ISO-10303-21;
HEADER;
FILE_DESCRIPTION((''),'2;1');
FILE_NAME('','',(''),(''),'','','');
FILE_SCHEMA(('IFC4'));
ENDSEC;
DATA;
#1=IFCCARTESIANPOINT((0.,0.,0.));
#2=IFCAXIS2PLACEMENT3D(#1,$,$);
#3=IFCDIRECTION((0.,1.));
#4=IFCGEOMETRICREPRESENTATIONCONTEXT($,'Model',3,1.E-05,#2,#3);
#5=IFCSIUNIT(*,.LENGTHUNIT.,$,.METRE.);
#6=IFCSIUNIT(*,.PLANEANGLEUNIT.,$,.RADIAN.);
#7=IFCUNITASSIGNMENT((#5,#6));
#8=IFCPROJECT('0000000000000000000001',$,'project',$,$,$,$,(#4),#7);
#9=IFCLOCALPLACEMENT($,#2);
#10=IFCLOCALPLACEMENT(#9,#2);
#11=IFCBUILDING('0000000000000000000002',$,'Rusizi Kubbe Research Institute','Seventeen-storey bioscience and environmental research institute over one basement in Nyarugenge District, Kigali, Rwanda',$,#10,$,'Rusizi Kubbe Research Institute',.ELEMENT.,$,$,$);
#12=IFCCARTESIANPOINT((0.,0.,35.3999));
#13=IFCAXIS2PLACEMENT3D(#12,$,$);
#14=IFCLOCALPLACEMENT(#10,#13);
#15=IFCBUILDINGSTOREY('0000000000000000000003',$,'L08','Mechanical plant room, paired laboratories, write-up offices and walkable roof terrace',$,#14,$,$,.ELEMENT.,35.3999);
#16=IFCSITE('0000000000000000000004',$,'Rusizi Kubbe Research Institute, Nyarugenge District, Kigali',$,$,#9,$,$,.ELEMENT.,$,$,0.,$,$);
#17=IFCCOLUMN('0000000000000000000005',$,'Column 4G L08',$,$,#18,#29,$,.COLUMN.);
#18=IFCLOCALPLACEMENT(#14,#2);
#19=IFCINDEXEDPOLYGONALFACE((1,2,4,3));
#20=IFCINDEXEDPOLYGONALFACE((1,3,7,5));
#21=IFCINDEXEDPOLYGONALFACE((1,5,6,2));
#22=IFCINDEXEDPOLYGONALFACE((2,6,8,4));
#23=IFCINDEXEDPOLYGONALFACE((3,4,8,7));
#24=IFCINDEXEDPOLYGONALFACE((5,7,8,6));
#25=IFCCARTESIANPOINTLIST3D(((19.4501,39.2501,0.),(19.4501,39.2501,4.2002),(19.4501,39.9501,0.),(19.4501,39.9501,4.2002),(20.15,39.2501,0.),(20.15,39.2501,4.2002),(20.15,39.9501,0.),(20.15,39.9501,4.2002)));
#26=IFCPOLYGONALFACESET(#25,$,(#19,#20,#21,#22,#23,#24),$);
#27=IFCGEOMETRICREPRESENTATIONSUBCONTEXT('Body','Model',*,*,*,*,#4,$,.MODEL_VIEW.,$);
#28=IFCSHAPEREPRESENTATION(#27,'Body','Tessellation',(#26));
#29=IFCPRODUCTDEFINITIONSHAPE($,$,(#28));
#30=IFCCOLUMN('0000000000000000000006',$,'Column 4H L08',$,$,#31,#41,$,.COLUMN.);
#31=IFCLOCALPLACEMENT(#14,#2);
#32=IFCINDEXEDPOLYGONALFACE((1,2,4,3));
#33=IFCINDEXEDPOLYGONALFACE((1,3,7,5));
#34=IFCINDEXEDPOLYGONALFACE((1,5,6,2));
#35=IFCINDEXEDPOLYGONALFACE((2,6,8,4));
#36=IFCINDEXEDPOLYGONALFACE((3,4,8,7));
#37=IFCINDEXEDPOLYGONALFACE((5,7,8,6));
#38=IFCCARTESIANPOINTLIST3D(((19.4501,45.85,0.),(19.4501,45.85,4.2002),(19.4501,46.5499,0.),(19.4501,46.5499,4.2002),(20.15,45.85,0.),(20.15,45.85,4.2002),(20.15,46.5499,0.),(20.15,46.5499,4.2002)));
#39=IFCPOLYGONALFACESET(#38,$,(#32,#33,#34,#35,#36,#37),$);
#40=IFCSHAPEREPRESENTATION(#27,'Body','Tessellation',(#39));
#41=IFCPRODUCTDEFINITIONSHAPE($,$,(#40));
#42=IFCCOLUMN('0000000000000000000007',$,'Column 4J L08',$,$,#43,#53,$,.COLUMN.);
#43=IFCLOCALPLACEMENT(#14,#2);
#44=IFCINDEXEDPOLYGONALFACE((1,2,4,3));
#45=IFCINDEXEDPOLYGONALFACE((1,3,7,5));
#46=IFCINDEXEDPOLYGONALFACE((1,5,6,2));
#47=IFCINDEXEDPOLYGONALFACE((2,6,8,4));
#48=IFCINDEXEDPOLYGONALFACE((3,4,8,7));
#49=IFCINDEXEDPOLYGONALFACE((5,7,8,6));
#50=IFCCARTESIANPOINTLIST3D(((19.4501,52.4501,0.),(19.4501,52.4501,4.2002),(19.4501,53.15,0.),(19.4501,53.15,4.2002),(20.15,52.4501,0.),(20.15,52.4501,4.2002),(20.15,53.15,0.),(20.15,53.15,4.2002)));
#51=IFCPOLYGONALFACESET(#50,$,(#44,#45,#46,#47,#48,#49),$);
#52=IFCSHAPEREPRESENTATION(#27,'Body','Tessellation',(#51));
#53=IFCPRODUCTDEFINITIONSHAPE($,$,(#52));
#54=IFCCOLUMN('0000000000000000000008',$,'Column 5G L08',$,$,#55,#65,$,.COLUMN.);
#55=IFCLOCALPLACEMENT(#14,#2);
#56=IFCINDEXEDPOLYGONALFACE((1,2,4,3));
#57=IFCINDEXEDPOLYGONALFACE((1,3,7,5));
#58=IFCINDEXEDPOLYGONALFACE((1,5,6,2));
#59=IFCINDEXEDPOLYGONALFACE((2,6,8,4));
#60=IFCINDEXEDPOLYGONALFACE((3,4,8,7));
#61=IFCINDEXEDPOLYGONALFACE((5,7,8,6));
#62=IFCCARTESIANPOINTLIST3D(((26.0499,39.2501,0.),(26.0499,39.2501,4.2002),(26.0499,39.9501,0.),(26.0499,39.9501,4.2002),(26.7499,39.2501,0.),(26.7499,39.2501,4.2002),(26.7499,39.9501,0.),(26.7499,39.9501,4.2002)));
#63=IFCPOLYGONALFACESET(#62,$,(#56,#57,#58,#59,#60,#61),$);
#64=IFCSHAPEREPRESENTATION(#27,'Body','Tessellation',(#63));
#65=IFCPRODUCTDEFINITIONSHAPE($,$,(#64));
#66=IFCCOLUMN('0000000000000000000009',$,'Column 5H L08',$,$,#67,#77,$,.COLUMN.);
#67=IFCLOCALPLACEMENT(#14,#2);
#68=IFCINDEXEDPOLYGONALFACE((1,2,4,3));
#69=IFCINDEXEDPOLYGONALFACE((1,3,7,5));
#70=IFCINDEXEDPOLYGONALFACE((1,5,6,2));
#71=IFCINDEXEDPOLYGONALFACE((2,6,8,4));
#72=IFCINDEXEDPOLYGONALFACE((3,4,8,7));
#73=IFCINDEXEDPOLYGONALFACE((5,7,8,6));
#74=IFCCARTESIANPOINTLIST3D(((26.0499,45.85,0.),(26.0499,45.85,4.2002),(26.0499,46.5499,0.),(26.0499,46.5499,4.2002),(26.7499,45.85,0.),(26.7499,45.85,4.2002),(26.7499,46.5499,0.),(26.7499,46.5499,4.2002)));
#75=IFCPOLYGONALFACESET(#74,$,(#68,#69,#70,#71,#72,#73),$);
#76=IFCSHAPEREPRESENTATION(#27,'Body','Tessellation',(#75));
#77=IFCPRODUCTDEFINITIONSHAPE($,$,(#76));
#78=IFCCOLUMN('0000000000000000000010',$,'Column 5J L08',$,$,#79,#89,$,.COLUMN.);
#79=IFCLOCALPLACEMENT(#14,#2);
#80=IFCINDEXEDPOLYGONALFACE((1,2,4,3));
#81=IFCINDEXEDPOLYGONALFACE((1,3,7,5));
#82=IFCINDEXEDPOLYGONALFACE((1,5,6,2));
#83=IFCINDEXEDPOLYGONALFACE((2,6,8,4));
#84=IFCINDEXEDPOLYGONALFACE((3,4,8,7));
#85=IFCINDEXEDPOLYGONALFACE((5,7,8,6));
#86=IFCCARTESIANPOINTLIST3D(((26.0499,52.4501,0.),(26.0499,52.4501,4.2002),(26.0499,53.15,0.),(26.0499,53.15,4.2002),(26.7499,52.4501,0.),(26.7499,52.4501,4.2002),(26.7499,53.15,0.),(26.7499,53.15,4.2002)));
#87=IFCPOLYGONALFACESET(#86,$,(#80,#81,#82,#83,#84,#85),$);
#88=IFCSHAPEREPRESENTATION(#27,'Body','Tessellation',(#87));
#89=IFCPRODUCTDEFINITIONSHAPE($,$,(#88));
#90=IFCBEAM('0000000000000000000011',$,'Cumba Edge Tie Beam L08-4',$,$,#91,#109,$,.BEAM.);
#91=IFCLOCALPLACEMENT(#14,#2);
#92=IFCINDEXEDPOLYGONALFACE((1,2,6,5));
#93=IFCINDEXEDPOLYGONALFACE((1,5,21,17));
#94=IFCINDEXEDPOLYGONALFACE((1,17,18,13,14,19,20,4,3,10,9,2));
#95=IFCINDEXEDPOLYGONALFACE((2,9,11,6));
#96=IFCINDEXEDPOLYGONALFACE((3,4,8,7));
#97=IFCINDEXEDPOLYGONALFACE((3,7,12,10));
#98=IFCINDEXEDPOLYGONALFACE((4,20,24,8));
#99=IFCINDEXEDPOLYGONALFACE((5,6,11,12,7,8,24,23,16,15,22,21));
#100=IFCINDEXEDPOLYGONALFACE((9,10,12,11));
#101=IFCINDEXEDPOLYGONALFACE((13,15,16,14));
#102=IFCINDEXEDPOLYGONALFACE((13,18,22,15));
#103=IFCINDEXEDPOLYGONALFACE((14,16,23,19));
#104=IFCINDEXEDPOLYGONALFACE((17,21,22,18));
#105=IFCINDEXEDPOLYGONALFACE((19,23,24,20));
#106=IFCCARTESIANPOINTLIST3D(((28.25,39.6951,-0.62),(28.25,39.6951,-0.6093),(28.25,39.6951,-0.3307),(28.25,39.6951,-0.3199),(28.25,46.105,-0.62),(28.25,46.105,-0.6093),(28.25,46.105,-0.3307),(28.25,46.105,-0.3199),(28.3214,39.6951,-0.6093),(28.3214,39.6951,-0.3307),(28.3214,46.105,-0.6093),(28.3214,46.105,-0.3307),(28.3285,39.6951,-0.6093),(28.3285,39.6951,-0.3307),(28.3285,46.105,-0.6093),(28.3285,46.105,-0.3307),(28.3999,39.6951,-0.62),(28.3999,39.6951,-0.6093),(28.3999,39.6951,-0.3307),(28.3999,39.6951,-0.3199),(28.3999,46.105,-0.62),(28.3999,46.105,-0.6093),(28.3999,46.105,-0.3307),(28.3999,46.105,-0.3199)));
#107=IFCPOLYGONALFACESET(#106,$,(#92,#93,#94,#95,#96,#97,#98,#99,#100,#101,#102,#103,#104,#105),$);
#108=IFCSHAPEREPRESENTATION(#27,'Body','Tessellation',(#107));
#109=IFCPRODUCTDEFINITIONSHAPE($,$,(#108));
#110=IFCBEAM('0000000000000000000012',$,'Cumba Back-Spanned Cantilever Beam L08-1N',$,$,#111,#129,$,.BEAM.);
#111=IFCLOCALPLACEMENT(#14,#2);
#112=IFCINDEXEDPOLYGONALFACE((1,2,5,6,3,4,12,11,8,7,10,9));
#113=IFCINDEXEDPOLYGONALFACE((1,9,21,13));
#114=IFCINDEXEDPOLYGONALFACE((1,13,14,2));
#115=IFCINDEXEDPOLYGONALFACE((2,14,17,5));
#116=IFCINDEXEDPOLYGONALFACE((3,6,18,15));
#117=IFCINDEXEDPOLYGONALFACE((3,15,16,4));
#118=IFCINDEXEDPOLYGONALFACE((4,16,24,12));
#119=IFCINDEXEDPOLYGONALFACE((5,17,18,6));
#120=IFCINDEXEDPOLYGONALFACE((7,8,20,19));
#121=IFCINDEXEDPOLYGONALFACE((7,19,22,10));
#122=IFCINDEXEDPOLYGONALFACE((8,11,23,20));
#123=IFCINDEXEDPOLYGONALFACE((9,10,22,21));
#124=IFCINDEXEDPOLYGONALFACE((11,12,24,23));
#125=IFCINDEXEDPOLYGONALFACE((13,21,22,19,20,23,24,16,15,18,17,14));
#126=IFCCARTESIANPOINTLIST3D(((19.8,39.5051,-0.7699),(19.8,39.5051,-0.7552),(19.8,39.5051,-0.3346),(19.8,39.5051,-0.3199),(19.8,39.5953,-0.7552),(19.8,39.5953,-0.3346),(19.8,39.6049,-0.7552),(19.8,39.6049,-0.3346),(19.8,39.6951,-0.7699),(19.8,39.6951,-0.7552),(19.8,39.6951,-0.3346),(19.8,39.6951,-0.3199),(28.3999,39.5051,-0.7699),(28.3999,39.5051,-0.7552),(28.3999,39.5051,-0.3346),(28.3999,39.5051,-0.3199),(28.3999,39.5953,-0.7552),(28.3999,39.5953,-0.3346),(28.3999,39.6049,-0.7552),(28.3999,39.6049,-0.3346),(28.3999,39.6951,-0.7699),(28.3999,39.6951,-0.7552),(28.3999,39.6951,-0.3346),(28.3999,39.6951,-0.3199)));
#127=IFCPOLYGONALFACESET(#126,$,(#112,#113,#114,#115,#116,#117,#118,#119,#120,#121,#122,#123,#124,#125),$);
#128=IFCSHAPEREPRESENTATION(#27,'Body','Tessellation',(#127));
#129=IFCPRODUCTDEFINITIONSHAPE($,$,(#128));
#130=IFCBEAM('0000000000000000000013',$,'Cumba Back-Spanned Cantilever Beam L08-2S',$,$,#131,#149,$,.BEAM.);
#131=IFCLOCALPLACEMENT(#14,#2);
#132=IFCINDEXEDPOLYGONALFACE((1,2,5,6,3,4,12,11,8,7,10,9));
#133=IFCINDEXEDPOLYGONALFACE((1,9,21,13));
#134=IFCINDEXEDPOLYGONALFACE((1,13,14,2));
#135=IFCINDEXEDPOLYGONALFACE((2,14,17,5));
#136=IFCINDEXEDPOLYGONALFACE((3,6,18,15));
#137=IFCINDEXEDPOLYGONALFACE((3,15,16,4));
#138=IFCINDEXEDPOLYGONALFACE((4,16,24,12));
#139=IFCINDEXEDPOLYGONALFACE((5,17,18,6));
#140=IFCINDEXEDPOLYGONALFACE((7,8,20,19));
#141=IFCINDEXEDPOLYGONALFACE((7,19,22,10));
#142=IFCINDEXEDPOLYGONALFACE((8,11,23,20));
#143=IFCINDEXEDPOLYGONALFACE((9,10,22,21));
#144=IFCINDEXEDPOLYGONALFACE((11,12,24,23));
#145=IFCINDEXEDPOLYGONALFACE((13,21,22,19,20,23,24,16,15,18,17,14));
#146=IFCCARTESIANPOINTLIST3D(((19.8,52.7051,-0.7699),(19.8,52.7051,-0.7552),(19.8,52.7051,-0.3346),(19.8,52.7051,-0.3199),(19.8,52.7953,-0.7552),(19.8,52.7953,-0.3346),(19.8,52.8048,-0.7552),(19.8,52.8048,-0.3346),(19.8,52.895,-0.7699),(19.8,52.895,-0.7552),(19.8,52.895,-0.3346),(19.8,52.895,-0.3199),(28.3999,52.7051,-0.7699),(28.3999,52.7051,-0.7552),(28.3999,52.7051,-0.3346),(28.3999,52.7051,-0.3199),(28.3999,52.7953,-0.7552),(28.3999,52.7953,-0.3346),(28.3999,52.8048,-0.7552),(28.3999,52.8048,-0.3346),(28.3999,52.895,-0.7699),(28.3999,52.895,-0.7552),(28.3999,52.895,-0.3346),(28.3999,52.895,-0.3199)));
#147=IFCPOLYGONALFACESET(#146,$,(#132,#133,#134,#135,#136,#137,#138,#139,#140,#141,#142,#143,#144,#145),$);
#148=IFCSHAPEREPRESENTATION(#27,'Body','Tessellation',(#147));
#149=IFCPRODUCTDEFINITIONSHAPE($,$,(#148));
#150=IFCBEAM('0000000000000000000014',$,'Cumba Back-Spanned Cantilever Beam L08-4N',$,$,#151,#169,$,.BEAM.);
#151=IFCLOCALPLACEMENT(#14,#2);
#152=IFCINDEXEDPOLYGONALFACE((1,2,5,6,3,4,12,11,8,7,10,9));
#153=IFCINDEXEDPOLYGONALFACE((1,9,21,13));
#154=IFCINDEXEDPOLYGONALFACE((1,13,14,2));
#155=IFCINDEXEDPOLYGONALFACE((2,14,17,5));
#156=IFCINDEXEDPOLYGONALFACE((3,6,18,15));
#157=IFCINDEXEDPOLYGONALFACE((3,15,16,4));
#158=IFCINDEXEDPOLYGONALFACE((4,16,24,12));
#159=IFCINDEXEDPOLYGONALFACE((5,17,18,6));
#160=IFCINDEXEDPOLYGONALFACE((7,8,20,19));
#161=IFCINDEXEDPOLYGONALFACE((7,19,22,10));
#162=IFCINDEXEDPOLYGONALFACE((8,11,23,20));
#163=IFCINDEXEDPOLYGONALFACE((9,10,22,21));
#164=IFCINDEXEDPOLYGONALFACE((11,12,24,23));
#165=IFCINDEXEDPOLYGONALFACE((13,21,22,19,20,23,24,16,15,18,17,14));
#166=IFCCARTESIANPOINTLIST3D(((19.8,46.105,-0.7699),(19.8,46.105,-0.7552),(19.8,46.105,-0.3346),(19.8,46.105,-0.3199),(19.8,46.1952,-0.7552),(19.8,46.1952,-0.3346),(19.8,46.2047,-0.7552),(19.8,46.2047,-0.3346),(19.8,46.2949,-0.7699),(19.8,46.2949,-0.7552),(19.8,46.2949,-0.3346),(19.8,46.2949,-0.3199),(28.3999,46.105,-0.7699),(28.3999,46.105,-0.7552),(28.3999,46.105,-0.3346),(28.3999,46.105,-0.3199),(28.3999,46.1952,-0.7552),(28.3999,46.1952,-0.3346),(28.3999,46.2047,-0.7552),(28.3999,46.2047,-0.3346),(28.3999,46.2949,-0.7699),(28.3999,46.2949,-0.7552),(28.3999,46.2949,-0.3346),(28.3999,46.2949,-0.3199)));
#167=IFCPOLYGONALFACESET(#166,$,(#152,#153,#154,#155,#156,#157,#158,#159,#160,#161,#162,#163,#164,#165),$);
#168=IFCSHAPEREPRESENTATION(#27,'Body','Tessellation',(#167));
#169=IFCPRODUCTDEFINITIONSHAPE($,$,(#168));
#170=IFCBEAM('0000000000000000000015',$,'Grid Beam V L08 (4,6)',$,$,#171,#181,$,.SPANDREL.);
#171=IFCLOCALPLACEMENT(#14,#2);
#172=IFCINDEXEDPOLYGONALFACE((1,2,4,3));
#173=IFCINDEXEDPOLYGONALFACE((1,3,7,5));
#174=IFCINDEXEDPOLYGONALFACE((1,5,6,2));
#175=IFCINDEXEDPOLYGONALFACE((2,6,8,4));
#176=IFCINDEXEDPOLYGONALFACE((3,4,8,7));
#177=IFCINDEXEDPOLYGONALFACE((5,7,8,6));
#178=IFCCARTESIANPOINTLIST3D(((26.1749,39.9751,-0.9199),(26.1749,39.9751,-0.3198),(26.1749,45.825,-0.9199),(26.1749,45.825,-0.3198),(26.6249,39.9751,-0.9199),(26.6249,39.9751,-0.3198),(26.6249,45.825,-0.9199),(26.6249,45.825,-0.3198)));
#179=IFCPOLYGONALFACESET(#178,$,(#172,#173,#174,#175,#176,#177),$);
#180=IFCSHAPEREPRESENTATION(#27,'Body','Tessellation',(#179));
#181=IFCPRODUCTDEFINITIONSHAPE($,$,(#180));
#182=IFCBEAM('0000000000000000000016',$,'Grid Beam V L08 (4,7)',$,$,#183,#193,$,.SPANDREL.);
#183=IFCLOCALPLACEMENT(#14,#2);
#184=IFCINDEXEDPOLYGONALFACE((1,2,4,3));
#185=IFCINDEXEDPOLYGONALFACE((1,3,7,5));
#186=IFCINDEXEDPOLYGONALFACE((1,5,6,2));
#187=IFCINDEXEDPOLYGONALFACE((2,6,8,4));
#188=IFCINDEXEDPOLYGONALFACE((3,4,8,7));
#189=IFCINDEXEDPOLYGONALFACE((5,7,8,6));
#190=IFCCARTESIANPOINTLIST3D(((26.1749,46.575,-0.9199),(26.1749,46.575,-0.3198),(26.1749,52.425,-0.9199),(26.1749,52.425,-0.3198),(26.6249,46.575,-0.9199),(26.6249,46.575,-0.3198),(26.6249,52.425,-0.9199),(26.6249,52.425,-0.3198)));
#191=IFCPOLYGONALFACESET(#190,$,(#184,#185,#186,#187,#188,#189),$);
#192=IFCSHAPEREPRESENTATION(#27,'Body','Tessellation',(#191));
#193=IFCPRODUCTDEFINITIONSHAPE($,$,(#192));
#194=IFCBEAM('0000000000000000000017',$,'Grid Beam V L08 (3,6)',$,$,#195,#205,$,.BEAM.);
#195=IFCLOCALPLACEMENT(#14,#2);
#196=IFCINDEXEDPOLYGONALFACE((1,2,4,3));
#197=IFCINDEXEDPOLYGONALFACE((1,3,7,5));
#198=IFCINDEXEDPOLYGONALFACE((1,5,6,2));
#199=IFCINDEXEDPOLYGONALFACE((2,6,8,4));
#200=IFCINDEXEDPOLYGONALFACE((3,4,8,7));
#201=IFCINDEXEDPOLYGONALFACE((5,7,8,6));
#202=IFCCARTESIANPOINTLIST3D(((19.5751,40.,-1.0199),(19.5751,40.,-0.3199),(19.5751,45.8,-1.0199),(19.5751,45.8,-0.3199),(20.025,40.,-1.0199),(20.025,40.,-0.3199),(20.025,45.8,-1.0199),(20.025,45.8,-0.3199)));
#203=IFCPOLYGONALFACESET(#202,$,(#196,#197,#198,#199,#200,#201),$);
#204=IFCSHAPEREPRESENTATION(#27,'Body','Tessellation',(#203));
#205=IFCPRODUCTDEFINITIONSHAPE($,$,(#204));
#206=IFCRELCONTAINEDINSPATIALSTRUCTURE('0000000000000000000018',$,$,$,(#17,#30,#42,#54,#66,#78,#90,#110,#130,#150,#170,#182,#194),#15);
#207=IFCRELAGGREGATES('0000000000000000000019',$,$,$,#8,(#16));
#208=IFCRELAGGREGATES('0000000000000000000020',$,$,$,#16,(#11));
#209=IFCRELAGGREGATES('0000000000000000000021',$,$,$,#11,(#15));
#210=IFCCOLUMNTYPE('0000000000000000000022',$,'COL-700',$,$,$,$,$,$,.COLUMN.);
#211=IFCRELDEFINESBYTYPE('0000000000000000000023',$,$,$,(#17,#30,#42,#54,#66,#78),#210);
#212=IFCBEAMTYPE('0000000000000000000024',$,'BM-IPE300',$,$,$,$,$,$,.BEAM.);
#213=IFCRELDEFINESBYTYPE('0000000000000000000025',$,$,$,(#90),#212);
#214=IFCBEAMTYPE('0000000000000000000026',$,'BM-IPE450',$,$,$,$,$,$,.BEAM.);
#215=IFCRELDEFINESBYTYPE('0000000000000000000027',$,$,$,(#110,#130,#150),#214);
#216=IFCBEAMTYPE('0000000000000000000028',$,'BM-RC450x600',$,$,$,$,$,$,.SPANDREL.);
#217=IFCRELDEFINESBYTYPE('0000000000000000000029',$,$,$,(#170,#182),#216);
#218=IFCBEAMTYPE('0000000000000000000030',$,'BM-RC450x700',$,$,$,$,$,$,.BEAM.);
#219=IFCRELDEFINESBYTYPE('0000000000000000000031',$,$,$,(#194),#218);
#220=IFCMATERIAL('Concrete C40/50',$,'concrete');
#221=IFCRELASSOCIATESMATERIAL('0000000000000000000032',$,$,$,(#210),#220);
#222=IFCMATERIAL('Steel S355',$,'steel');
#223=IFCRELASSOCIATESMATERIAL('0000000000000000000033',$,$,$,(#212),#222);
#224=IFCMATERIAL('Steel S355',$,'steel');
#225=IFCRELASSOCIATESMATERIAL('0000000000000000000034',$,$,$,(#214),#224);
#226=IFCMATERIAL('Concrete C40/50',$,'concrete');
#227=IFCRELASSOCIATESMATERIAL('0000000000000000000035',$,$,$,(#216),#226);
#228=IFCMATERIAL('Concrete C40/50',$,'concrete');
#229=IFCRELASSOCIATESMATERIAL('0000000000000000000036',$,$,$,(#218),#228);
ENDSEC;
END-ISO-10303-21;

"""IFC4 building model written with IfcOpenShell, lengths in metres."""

from ifc_helpers import new_model, si_unit, direction, frame, origin, origin_2d, place, context, subcontext, project, spatial, rectangle, i_section, extrude, material, material_profile, profile_set, type_object, element, save


model = new_model("IFC4")

# Units and contexts
model_context = context("Model", 3, precision=1e-05, world=origin(), true_north=direction((0.0, 1.0)))
body_context = subcontext(model_context, "Body", "Model", "MODEL_VIEW")
ifc_project = project(units=[si_unit("LENGTHUNIT", "METRE"), si_unit("PLANEANGLEUNIT", "RADIAN")], contexts=[model_context])

# Site, building, storey
site_placement = place(None, origin())
site = spatial("IfcSite", under=ifc_project, at=site_placement, Name="Rusizi Kubbe Research Institute, Nyarugenge District, Kigali", CompositionType="ELEMENT", RefElevation=0.0)
building_placement = place(site_placement, origin())
building = spatial("IfcBuilding", under=site, at=building_placement, Name="Rusizi Kubbe Research Institute", Description="Seventeen-storey bioscience and environmental research institute over one basement in Nyarugenge District, Kigali, Rwanda", LongName="Rusizi Kubbe Research Institute", CompositionType="ELEMENT")
storey_placement = place(building_placement, frame((0.0, 0.0, 35.3999)))
storey = spatial("IfcBuildingStorey", under=building, at=storey_placement, Name="L08", Description="Mechanical plant room, paired laboratories, write-up offices and walkable roof terrace", CompositionType="ELEMENT", Elevation=35.3999)

# Columns
ifc_material_1 = material(Name="Concrete C40/50", Category="concrete")
ifc_material_profile_1 = material_profile(ifc_material_1, rectangle(XDim=0.7, YDim=0.7, at=origin_2d()), Name="RC700x700")
ifc_profile_set_1 = profile_set([ifc_material_profile_1], Name="Concrete C40/50")
column_type = type_object("IfcColumnType", Name="COL-700", PredefinedType="COLUMN", material=ifc_profile_set_1)
for number, where, z_axis, x_axis, name in (
    (1, (19.8, 39.6001, 0.0), (0.0, 0.0, 1.0), (1.0, 0.0, 0.0), "Column 4G L08"),
    (2, (19.8, 46.2, 0.0), (0.0, 0.0, 1.0), (1.0, 0.0, 0.0), "Column 4H L08"),
    (3, (19.8, 52.8, 0.0), (0.0, 0.0, 1.0), (1.0, 0.0, 0.0), "Column 4J L08"),
    (4, (26.3999, 39.6001, 0.0), (0.0, 0.0, 1.0), (1.0, 0.0, 0.0), "Column 5G L08"),
    (5, (26.3999, 46.2, 0.0), (0.0, 0.0, 1.0), (1.0, 0.0, 0.0), "Column 5H L08"),
    (6, (26.3999, 52.8, 0.0), (0.0, 0.0, 1.0), (1.0, 0.0, 0.0), "Column 5J L08"),
):
    element("IfcColumn", number, at=place(storey_placement, frame(where, z_axis=z_axis, x_axis=x_axis)), inside=storey, type_object=column_type, Name=name, PredefinedType="COLUMN", context=body_context, shape_type="SweptSolid", body=[
        extrude(rectangle(XDim=0.7, YDim=0.7, at=origin_2d()), origin(), (0.0, 0.0, 1.0), 4.2002),
    ])

# Beams
ifc_material_2 = material(Name="Steel S355", Category="steel")
ifc_material_profile_2 = material_profile(ifc_material_2, i_section(OverallWidth=0.1499, OverallDepth=0.3, WebThickness=0.0071, FlangeThickness=0.0107, at=origin_2d()), Name="IPE 300")
ifc_profile_set_2 = profile_set([ifc_material_profile_2], Name="Steel S355")
beam_type_1 = type_object("IfcBeamType", Name="BM-IPE300", PredefinedType="BEAM", material=ifc_profile_set_2)
beam_1_placement = place(storey_placement, frame((28.325, 39.6951, -0.47), z_axis=(0.0, 1.0, 0.0), x_axis=(-1.0, 0.0, 0.0)))
element("IfcBeam", 7, at=beam_1_placement, inside=storey, type_object=beam_type_1, Name="Cumba Edge Tie Beam L08-4", PredefinedType="BEAM", context=body_context, shape_type="SweptSolid", body=[
    extrude(i_section(OverallWidth=0.1499, OverallDepth=0.3, WebThickness=0.0071, FlangeThickness=0.0107, at=origin_2d()), origin(), (0.0, 0.0, 1.0), 6.4099),
])
ifc_material_3 = material(Name="Steel S355", Category="steel")
ifc_material_profile_3 = material_profile(ifc_material_3, i_section(OverallWidth=0.1899, OverallDepth=0.45, WebThickness=0.0095, FlangeThickness=0.0146, at=origin_2d()), Name="IPE 450")
ifc_profile_set_3 = profile_set([ifc_material_profile_3], Name="Steel S355")
beam_type_2 = type_object("IfcBeamType", Name="BM-IPE450", PredefinedType="BEAM", material=ifc_profile_set_3)
for number, where, z_axis, x_axis, name in (
    (8, (19.8, 39.6001, -0.5449), (1.0, 0.0, 0.0), (0.0, 1.0, 0.0), "Cumba Back-Spanned Cantilever Beam L08-1N"),
    (9, (19.8, 52.8, -0.5449), (1.0, 0.0, 0.0), (0.0, 1.0, 0.0), "Cumba Back-Spanned Cantilever Beam L08-2S"),
    (10, (19.8, 46.2, -0.5449), (1.0, 0.0, 0.0), (0.0, 1.0, 0.0), "Cumba Back-Spanned Cantilever Beam L08-4N"),
):
    element("IfcBeam", number, at=place(storey_placement, frame(where, z_axis=z_axis, x_axis=x_axis)), inside=storey, type_object=beam_type_2, Name=name, PredefinedType="BEAM", context=body_context, shape_type="SweptSolid", body=[
        extrude(i_section(OverallWidth=0.1899, OverallDepth=0.45, WebThickness=0.0095, FlangeThickness=0.0146, at=origin_2d()), origin(), (0.0, 0.0, 1.0), 8.5999),
    ])
ifc_material_4 = material(Name="Concrete C40/50", Category="concrete")
ifc_material_profile_4 = material_profile(ifc_material_4, rectangle(XDim=0.45, YDim=0.6001, at=origin_2d()), Name="RC450x600")
ifc_profile_set_4 = profile_set([ifc_material_profile_4], Name="Concrete C40/50")
beam_type_3 = type_object("IfcBeamType", Name="BM-RC450x600", PredefinedType="SPANDREL", material=ifc_profile_set_4)
beam_2_placement = place(storey_placement, frame((26.3999, 39.9751, -0.6199), z_axis=(0.0, 1.0, 0.0), x_axis=(-1.0, 0.0, 0.0)))
element("IfcBeam", 11, at=beam_2_placement, inside=storey, type_object=beam_type_3, Name="Grid Beam V L08 (4,6)", PredefinedType="SPANDREL", context=body_context, shape_type="SweptSolid", body=[
    extrude(rectangle(XDim=0.45, YDim=0.6001, at=origin_2d()), origin(), (0.0, 0.0, 1.0), 5.8499),
])
beam_3_placement = place(storey_placement, frame((26.3999, 46.575, -0.6199), z_axis=(0.0, 1.0, 0.0), x_axis=(-1.0, 0.0, 0.0)))
element("IfcBeam", 12, at=beam_3_placement, inside=storey, type_object=beam_type_3, Name="Grid Beam V L08 (4,7)", PredefinedType="SPANDREL", context=body_context, shape_type="SweptSolid", body=[
    extrude(rectangle(XDim=0.45, YDim=0.6001, at=origin_2d()), origin(), (0.0, 0.0, 1.0), 5.8501),
])
ifc_material_5 = material(Name="Concrete C40/50", Category="concrete")
ifc_material_profile_5 = material_profile(ifc_material_5, rectangle(XDim=0.45, YDim=0.7, at=origin_2d()), Name="RC450x700B")
ifc_profile_set_5 = profile_set([ifc_material_profile_5], Name="Concrete C40/50")
beam_type_4 = type_object("IfcBeamType", Name="BM-RC450x700", PredefinedType="BEAM", material=ifc_profile_set_5)
beam_4_placement = place(storey_placement, frame((19.8, 40.0, -0.6699), z_axis=(0.0, 1.0, 0.0), x_axis=(-1.0, 0.0, 0.0)))
element("IfcBeam", 13, at=beam_4_placement, inside=storey, type_object=beam_type_4, Name="Grid Beam V L08 (3,6)", PredefinedType="BEAM", context=body_context, shape_type="SweptSolid", body=[
    extrude(rectangle(XDim=0.45, YDim=0.7, at=origin_2d()), origin(), (0.0, 0.0, 1.0), 5.8),
])

save(model, "model.ifc")
